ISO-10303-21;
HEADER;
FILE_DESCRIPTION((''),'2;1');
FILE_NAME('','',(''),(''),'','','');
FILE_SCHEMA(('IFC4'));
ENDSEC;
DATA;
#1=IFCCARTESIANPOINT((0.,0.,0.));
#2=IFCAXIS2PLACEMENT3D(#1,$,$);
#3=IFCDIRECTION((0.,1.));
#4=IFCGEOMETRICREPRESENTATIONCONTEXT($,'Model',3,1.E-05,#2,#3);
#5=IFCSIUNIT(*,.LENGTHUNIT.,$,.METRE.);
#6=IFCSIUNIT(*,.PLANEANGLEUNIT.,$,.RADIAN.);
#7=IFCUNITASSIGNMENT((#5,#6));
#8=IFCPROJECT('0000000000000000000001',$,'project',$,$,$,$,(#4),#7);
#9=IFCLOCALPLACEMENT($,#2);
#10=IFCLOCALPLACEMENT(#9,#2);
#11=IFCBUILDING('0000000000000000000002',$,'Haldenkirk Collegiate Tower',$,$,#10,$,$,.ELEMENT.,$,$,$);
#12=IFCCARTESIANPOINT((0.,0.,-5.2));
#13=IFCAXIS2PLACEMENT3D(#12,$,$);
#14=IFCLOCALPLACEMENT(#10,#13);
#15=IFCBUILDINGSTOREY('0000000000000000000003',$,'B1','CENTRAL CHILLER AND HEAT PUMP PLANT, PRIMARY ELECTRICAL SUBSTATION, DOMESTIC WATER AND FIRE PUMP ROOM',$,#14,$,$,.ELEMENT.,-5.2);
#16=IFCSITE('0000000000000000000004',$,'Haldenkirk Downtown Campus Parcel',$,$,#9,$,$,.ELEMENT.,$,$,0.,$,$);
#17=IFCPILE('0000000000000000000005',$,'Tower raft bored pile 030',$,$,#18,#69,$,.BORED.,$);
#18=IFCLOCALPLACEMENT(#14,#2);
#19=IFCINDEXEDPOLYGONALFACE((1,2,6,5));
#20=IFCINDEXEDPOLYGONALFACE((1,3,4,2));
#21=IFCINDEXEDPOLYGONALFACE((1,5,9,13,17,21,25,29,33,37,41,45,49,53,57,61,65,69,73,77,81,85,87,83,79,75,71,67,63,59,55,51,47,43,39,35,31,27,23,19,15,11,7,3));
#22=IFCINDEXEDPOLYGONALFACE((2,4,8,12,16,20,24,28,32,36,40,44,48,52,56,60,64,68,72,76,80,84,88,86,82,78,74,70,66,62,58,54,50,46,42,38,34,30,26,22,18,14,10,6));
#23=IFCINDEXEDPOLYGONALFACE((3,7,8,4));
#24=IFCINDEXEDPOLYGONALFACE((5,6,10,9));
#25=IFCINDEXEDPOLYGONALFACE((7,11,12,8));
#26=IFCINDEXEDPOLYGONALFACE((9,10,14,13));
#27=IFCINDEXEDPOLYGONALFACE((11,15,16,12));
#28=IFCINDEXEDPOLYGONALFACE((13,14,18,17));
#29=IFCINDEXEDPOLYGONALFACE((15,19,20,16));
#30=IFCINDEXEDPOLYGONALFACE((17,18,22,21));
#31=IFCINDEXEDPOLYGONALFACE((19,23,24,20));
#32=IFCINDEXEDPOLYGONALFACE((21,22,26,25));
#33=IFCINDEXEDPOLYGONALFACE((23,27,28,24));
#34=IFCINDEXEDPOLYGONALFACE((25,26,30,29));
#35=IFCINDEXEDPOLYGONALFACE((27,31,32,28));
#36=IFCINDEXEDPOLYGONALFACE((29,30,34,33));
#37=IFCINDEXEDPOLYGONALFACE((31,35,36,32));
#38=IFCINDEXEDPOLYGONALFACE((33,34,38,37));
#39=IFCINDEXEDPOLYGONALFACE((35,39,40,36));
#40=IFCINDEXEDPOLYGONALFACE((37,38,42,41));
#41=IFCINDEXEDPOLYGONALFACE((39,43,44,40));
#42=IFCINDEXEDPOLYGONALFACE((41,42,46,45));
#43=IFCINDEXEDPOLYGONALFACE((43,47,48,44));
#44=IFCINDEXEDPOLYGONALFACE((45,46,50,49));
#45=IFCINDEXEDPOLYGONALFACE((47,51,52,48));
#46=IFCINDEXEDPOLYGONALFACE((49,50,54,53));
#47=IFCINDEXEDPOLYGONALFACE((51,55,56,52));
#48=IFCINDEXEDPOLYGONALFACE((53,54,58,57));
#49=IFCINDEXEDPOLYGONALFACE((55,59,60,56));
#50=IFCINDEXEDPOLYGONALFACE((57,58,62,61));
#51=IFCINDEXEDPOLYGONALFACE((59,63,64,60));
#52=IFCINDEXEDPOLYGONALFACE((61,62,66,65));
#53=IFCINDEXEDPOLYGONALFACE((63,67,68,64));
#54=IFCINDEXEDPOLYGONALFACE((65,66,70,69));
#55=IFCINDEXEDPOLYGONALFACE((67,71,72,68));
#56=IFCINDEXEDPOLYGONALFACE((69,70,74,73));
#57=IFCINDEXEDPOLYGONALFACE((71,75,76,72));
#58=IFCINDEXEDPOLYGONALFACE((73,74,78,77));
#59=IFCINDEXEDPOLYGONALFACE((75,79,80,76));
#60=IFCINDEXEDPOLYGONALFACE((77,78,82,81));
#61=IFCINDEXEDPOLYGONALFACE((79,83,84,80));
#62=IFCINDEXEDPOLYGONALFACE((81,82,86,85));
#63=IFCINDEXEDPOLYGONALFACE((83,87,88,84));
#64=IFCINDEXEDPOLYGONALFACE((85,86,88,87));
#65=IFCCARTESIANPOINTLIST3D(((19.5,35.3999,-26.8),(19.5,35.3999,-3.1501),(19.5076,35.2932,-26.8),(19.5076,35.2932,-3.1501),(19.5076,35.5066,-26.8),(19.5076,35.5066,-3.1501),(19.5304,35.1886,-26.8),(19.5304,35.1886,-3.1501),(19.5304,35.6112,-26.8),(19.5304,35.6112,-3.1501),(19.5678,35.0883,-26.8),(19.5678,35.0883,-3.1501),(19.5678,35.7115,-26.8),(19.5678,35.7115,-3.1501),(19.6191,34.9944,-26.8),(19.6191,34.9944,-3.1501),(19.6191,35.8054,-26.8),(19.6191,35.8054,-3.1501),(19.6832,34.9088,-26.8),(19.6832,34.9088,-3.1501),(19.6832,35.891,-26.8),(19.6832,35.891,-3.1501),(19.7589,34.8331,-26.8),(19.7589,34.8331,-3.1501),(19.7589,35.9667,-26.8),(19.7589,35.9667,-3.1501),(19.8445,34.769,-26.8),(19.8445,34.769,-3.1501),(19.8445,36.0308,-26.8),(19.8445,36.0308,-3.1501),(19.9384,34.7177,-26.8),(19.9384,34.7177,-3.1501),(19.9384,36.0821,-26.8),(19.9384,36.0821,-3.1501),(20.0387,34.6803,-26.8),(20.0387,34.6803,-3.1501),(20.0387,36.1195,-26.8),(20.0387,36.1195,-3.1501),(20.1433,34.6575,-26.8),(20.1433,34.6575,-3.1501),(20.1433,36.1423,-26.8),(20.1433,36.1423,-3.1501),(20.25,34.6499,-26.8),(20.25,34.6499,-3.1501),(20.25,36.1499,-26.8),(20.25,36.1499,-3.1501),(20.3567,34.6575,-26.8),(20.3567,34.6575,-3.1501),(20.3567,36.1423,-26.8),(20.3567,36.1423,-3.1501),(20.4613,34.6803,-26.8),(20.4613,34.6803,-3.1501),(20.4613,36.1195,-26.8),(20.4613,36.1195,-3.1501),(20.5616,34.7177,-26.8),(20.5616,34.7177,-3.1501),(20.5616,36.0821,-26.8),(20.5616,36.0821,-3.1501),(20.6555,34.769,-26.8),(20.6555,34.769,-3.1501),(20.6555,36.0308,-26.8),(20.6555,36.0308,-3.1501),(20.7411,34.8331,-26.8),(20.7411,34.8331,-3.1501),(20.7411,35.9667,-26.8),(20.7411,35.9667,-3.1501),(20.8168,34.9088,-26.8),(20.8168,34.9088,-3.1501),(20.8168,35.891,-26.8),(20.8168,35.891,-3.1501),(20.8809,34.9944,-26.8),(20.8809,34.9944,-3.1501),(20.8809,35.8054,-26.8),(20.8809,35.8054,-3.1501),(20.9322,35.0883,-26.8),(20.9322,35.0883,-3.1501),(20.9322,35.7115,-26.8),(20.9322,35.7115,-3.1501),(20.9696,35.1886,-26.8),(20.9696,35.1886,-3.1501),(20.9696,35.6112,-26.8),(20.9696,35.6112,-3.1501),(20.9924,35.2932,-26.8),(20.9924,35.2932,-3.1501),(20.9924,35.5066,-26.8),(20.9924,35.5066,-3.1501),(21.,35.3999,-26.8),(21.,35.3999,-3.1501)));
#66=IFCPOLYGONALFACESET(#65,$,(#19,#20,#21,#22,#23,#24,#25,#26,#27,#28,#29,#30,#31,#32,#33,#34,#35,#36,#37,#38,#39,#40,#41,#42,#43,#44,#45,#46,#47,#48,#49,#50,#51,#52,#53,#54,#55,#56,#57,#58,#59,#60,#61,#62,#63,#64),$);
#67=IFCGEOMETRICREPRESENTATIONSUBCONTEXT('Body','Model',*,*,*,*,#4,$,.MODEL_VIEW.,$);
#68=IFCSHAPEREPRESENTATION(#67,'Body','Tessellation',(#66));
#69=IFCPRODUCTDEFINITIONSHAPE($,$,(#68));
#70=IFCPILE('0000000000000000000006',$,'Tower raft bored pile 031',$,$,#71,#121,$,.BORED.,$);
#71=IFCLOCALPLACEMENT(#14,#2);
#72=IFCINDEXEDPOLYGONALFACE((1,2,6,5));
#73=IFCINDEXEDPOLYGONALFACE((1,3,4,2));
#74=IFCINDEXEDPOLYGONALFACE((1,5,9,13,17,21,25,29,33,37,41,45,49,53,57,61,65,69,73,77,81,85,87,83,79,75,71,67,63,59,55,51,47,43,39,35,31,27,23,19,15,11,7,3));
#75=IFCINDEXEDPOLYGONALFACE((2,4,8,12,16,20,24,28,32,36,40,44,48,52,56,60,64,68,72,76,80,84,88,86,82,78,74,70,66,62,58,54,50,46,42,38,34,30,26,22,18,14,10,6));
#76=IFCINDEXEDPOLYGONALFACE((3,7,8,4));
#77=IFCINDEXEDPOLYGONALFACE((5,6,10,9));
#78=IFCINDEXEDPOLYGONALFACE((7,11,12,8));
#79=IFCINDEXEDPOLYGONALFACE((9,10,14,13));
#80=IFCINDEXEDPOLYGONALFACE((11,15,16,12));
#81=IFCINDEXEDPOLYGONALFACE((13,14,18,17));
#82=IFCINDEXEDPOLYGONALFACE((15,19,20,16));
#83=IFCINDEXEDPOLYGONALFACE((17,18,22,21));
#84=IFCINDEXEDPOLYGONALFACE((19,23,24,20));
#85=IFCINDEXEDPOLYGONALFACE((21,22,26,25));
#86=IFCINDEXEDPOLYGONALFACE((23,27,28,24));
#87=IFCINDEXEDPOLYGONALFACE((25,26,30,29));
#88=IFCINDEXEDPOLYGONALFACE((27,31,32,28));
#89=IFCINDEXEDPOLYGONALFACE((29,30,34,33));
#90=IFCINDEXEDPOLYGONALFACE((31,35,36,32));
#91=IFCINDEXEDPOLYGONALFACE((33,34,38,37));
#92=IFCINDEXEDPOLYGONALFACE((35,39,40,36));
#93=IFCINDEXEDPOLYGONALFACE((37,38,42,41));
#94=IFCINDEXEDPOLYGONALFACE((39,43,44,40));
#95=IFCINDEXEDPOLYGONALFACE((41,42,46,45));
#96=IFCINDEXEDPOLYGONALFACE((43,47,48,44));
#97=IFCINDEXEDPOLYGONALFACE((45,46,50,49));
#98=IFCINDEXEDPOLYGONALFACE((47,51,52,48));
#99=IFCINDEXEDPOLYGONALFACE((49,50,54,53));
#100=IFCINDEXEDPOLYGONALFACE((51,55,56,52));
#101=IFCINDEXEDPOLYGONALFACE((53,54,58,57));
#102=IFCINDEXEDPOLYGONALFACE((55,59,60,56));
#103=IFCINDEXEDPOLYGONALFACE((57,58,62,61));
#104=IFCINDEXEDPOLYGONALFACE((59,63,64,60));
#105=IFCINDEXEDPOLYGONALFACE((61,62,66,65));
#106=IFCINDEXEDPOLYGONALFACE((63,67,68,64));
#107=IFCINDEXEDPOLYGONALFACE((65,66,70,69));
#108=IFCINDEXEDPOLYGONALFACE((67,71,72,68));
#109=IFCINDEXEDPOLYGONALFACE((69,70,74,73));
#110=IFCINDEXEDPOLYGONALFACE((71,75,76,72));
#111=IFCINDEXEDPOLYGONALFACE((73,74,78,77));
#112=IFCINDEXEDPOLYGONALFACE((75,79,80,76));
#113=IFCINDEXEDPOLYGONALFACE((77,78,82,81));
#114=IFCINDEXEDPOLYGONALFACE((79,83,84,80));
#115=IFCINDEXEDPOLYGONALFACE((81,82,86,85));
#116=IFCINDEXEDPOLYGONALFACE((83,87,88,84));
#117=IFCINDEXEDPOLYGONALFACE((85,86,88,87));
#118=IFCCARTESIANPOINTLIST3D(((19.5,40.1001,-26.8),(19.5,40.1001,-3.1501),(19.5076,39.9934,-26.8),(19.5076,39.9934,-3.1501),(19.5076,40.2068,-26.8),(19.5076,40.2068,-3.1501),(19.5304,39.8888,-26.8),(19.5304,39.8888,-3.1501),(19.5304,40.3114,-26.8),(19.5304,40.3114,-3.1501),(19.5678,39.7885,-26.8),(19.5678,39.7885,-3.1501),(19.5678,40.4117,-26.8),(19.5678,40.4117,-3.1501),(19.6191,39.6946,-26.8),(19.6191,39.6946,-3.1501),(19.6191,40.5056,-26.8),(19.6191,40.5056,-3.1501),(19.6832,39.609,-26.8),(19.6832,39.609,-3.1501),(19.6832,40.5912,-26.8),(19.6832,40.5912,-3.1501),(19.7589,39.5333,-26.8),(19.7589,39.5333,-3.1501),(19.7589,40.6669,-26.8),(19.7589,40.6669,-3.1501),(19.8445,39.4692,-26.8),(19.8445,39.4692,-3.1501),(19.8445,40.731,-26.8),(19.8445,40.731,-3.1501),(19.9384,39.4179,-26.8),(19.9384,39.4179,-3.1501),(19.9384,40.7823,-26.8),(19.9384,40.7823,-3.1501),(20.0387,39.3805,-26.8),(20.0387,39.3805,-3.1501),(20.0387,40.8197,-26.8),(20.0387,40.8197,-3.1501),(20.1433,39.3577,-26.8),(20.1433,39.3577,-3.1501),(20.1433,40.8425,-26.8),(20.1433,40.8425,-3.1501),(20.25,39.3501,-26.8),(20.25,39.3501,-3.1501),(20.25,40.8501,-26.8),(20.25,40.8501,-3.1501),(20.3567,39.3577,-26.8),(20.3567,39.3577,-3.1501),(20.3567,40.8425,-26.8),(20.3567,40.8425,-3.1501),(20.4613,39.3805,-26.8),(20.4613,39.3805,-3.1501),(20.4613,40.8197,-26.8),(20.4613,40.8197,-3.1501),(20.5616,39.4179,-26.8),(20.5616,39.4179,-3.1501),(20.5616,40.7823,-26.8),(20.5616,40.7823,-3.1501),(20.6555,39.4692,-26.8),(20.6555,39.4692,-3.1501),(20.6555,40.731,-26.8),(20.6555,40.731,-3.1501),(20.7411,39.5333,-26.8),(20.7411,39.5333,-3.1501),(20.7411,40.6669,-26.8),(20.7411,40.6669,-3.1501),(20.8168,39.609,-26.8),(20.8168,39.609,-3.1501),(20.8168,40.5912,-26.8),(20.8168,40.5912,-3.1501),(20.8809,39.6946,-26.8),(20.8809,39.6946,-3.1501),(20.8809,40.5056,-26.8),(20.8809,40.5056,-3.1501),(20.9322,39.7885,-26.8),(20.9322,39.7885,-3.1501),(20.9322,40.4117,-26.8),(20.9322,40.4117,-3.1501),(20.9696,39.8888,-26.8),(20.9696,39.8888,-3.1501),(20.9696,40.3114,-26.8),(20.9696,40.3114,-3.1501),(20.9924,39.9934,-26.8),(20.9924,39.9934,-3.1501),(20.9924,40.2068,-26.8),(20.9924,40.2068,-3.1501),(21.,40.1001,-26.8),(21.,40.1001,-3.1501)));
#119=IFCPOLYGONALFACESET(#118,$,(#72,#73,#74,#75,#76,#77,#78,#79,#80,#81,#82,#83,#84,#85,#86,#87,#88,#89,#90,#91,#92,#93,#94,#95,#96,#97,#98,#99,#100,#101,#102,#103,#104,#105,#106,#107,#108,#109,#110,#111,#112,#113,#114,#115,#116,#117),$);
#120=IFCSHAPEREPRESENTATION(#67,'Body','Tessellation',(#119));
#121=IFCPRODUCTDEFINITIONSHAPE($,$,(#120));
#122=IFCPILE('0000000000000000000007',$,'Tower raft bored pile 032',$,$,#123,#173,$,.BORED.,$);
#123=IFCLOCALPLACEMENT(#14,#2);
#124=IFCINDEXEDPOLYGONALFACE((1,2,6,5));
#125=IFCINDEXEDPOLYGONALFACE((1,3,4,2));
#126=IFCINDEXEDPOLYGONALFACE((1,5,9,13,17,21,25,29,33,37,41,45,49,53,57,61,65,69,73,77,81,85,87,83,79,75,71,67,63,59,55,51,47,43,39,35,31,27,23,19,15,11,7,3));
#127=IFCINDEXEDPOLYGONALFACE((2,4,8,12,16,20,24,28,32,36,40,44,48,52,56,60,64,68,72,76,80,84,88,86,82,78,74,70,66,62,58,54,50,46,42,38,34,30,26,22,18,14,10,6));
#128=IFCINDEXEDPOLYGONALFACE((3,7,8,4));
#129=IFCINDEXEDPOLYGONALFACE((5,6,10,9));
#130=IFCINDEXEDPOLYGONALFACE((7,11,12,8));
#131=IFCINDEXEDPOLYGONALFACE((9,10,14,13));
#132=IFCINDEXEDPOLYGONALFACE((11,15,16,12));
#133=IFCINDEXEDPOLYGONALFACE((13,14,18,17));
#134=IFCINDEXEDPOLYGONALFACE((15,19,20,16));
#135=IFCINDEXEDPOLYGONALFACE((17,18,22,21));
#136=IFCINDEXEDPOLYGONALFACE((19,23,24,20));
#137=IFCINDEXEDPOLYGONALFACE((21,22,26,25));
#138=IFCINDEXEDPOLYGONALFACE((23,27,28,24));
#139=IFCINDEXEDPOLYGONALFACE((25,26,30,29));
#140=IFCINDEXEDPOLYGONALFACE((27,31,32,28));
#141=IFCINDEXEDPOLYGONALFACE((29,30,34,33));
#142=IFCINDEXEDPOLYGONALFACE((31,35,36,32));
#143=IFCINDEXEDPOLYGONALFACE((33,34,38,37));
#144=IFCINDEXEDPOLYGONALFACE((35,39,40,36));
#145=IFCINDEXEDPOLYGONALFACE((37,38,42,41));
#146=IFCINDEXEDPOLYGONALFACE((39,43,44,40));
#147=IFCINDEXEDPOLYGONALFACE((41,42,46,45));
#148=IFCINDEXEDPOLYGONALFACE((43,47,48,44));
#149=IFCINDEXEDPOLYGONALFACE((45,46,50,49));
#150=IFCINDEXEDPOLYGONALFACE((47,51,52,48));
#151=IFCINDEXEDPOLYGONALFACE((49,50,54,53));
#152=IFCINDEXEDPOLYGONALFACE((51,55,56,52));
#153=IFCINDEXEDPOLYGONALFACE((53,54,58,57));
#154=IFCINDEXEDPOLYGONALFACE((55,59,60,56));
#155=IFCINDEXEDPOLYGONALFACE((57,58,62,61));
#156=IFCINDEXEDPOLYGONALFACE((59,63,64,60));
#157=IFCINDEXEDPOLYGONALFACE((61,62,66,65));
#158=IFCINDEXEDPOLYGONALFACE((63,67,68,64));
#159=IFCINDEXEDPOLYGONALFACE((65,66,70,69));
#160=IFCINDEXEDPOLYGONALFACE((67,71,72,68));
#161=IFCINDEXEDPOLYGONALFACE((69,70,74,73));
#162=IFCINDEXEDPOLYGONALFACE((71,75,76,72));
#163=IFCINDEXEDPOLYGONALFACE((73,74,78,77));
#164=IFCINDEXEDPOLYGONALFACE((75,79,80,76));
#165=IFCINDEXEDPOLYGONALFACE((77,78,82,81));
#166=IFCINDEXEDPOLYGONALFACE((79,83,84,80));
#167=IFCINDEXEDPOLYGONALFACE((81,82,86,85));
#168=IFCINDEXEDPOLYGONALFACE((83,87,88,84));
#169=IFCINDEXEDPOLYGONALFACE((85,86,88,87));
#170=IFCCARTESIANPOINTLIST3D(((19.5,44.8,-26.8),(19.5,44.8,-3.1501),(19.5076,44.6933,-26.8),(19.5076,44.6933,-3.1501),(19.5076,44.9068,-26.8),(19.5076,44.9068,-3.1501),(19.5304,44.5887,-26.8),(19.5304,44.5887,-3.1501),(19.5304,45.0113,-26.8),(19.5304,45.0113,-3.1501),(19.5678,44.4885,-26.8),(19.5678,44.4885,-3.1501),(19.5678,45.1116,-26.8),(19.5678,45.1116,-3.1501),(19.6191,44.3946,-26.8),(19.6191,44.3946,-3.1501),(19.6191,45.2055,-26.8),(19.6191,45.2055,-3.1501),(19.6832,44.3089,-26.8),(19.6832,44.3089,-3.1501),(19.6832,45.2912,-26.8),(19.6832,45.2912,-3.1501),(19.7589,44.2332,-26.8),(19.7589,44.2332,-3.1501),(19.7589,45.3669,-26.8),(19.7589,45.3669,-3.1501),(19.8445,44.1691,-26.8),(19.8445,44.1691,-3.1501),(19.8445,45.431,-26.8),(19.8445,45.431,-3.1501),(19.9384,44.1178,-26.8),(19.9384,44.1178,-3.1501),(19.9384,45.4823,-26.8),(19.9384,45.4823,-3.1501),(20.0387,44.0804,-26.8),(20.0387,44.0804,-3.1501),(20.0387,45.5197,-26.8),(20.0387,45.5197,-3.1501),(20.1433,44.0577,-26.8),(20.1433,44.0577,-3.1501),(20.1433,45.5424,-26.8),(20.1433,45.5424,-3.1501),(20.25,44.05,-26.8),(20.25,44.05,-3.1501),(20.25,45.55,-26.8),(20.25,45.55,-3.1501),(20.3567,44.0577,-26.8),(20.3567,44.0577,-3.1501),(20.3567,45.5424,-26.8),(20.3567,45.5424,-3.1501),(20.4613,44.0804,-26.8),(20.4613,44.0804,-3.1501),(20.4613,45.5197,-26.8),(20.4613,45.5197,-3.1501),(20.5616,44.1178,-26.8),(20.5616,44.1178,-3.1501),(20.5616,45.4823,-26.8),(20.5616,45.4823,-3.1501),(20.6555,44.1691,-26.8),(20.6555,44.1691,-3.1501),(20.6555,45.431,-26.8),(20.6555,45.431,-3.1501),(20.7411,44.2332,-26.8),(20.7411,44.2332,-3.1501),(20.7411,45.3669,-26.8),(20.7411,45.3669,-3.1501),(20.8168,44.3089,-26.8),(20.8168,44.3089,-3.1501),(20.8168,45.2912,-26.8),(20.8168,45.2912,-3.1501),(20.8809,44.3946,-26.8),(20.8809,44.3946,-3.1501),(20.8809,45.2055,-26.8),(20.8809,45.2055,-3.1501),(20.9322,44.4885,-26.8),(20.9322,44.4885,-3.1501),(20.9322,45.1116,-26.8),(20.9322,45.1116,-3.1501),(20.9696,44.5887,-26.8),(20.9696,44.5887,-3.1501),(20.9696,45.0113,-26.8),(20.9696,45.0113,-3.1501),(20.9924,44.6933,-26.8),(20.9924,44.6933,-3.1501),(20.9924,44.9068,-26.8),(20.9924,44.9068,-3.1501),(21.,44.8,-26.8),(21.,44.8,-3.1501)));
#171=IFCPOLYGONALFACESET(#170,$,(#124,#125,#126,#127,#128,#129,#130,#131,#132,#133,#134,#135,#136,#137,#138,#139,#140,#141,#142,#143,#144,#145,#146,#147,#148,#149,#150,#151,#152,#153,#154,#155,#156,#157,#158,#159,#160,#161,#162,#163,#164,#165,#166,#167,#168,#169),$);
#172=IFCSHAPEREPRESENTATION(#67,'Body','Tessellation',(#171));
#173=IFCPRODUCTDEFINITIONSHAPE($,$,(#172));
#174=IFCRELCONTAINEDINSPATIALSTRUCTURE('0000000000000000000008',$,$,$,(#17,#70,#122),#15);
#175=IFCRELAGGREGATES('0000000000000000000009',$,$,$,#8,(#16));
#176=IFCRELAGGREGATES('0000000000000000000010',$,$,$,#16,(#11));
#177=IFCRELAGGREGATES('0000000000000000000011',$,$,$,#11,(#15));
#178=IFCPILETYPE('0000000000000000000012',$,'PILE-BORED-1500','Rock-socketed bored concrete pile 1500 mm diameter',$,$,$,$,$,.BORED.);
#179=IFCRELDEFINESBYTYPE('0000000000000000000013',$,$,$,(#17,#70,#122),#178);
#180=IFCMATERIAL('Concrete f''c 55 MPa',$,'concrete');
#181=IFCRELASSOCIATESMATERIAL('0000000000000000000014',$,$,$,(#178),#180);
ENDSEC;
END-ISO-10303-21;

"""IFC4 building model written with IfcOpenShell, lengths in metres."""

from ifc_helpers import new_model, si_unit, direction, frame, origin, origin_2d, place, context, subcontext, project, spatial, circle, extrude, material, material_profile, profile_set, type_object, element, save


model = new_model("IFC4")

# Units and contexts
model_context = context("Model", 3, precision=1e-05, world=origin(), true_north=direction((0.0, 1.0)))
body_context = subcontext(model_context, "Body", "Model", "MODEL_VIEW")
ifc_project = project(units=[si_unit("LENGTHUNIT", "METRE"), si_unit("PLANEANGLEUNIT", "RADIAN")], contexts=[model_context])

# Site, building, storey
site_placement = place(None, origin())
site = spatial("IfcSite", under=ifc_project, at=site_placement, Name="Haldenkirk Downtown Campus Parcel", CompositionType="ELEMENT", RefElevation=0.0)
building_placement = place(site_placement, origin())
building = spatial("IfcBuilding", under=site, at=building_placement, Name="Haldenkirk Collegiate Tower", CompositionType="ELEMENT")
storey_placement = place(building_placement, frame((0.0, 0.0, -5.2)))
storey = spatial("IfcBuildingStorey", under=building, at=storey_placement, Name="B1", Description="CENTRAL CHILLER AND HEAT PUMP PLANT, PRIMARY ELECTRICAL SUBSTATION, DOMESTIC WATER AND FIRE PUMP ROOM", CompositionType="ELEMENT", Elevation=-5.2)

# Piles
ifc_material_1 = material(Name="Concrete f'c 55 MPa", Category="concrete")
ifc_material_profile_1 = material_profile(ifc_material_1, circle(Radius=0.75, at=origin_2d()), Name="PILE1500")
ifc_profile_set_1 = profile_set([ifc_material_profile_1], Name="Concrete f'c 55 MPa")
pile_type = type_object("IfcPileType", Name="PILE-BORED-1500", Description="Rock-socketed bored concrete pile 1500 mm diameter", PredefinedType="BORED", material=ifc_profile_set_1)
for number, where, z_axis, x_axis, name in (
    (1, (20.25, 35.3999, -3.1501), (0.0, 0.0, -1.0), (1.0, 0.0, 0.0), "Tower raft bored pile 030"),
    (2, (20.25, 40.1001, -3.1501), (0.0, 0.0, -1.0), (1.0, 0.0, 0.0), "Tower raft bored pile 031"),
    (3, (20.25, 44.8, -3.1501), (0.0, 0.0, -1.0), (1.0, 0.0, 0.0), "Tower raft bored pile 032"),
):
    element("IfcPile", number, at=place(storey_placement, frame(where, z_axis=z_axis, x_axis=x_axis)), inside=storey, type_object=pile_type, Name=name, PredefinedType="BORED", context=body_context, shape_type="SweptSolid", body=[
        extrude(circle(Radius=0.75, at=origin_2d()), origin(), (0.0, 0.0, 1.0), 23.6499),
    ])

save(model, "model.ifc")
